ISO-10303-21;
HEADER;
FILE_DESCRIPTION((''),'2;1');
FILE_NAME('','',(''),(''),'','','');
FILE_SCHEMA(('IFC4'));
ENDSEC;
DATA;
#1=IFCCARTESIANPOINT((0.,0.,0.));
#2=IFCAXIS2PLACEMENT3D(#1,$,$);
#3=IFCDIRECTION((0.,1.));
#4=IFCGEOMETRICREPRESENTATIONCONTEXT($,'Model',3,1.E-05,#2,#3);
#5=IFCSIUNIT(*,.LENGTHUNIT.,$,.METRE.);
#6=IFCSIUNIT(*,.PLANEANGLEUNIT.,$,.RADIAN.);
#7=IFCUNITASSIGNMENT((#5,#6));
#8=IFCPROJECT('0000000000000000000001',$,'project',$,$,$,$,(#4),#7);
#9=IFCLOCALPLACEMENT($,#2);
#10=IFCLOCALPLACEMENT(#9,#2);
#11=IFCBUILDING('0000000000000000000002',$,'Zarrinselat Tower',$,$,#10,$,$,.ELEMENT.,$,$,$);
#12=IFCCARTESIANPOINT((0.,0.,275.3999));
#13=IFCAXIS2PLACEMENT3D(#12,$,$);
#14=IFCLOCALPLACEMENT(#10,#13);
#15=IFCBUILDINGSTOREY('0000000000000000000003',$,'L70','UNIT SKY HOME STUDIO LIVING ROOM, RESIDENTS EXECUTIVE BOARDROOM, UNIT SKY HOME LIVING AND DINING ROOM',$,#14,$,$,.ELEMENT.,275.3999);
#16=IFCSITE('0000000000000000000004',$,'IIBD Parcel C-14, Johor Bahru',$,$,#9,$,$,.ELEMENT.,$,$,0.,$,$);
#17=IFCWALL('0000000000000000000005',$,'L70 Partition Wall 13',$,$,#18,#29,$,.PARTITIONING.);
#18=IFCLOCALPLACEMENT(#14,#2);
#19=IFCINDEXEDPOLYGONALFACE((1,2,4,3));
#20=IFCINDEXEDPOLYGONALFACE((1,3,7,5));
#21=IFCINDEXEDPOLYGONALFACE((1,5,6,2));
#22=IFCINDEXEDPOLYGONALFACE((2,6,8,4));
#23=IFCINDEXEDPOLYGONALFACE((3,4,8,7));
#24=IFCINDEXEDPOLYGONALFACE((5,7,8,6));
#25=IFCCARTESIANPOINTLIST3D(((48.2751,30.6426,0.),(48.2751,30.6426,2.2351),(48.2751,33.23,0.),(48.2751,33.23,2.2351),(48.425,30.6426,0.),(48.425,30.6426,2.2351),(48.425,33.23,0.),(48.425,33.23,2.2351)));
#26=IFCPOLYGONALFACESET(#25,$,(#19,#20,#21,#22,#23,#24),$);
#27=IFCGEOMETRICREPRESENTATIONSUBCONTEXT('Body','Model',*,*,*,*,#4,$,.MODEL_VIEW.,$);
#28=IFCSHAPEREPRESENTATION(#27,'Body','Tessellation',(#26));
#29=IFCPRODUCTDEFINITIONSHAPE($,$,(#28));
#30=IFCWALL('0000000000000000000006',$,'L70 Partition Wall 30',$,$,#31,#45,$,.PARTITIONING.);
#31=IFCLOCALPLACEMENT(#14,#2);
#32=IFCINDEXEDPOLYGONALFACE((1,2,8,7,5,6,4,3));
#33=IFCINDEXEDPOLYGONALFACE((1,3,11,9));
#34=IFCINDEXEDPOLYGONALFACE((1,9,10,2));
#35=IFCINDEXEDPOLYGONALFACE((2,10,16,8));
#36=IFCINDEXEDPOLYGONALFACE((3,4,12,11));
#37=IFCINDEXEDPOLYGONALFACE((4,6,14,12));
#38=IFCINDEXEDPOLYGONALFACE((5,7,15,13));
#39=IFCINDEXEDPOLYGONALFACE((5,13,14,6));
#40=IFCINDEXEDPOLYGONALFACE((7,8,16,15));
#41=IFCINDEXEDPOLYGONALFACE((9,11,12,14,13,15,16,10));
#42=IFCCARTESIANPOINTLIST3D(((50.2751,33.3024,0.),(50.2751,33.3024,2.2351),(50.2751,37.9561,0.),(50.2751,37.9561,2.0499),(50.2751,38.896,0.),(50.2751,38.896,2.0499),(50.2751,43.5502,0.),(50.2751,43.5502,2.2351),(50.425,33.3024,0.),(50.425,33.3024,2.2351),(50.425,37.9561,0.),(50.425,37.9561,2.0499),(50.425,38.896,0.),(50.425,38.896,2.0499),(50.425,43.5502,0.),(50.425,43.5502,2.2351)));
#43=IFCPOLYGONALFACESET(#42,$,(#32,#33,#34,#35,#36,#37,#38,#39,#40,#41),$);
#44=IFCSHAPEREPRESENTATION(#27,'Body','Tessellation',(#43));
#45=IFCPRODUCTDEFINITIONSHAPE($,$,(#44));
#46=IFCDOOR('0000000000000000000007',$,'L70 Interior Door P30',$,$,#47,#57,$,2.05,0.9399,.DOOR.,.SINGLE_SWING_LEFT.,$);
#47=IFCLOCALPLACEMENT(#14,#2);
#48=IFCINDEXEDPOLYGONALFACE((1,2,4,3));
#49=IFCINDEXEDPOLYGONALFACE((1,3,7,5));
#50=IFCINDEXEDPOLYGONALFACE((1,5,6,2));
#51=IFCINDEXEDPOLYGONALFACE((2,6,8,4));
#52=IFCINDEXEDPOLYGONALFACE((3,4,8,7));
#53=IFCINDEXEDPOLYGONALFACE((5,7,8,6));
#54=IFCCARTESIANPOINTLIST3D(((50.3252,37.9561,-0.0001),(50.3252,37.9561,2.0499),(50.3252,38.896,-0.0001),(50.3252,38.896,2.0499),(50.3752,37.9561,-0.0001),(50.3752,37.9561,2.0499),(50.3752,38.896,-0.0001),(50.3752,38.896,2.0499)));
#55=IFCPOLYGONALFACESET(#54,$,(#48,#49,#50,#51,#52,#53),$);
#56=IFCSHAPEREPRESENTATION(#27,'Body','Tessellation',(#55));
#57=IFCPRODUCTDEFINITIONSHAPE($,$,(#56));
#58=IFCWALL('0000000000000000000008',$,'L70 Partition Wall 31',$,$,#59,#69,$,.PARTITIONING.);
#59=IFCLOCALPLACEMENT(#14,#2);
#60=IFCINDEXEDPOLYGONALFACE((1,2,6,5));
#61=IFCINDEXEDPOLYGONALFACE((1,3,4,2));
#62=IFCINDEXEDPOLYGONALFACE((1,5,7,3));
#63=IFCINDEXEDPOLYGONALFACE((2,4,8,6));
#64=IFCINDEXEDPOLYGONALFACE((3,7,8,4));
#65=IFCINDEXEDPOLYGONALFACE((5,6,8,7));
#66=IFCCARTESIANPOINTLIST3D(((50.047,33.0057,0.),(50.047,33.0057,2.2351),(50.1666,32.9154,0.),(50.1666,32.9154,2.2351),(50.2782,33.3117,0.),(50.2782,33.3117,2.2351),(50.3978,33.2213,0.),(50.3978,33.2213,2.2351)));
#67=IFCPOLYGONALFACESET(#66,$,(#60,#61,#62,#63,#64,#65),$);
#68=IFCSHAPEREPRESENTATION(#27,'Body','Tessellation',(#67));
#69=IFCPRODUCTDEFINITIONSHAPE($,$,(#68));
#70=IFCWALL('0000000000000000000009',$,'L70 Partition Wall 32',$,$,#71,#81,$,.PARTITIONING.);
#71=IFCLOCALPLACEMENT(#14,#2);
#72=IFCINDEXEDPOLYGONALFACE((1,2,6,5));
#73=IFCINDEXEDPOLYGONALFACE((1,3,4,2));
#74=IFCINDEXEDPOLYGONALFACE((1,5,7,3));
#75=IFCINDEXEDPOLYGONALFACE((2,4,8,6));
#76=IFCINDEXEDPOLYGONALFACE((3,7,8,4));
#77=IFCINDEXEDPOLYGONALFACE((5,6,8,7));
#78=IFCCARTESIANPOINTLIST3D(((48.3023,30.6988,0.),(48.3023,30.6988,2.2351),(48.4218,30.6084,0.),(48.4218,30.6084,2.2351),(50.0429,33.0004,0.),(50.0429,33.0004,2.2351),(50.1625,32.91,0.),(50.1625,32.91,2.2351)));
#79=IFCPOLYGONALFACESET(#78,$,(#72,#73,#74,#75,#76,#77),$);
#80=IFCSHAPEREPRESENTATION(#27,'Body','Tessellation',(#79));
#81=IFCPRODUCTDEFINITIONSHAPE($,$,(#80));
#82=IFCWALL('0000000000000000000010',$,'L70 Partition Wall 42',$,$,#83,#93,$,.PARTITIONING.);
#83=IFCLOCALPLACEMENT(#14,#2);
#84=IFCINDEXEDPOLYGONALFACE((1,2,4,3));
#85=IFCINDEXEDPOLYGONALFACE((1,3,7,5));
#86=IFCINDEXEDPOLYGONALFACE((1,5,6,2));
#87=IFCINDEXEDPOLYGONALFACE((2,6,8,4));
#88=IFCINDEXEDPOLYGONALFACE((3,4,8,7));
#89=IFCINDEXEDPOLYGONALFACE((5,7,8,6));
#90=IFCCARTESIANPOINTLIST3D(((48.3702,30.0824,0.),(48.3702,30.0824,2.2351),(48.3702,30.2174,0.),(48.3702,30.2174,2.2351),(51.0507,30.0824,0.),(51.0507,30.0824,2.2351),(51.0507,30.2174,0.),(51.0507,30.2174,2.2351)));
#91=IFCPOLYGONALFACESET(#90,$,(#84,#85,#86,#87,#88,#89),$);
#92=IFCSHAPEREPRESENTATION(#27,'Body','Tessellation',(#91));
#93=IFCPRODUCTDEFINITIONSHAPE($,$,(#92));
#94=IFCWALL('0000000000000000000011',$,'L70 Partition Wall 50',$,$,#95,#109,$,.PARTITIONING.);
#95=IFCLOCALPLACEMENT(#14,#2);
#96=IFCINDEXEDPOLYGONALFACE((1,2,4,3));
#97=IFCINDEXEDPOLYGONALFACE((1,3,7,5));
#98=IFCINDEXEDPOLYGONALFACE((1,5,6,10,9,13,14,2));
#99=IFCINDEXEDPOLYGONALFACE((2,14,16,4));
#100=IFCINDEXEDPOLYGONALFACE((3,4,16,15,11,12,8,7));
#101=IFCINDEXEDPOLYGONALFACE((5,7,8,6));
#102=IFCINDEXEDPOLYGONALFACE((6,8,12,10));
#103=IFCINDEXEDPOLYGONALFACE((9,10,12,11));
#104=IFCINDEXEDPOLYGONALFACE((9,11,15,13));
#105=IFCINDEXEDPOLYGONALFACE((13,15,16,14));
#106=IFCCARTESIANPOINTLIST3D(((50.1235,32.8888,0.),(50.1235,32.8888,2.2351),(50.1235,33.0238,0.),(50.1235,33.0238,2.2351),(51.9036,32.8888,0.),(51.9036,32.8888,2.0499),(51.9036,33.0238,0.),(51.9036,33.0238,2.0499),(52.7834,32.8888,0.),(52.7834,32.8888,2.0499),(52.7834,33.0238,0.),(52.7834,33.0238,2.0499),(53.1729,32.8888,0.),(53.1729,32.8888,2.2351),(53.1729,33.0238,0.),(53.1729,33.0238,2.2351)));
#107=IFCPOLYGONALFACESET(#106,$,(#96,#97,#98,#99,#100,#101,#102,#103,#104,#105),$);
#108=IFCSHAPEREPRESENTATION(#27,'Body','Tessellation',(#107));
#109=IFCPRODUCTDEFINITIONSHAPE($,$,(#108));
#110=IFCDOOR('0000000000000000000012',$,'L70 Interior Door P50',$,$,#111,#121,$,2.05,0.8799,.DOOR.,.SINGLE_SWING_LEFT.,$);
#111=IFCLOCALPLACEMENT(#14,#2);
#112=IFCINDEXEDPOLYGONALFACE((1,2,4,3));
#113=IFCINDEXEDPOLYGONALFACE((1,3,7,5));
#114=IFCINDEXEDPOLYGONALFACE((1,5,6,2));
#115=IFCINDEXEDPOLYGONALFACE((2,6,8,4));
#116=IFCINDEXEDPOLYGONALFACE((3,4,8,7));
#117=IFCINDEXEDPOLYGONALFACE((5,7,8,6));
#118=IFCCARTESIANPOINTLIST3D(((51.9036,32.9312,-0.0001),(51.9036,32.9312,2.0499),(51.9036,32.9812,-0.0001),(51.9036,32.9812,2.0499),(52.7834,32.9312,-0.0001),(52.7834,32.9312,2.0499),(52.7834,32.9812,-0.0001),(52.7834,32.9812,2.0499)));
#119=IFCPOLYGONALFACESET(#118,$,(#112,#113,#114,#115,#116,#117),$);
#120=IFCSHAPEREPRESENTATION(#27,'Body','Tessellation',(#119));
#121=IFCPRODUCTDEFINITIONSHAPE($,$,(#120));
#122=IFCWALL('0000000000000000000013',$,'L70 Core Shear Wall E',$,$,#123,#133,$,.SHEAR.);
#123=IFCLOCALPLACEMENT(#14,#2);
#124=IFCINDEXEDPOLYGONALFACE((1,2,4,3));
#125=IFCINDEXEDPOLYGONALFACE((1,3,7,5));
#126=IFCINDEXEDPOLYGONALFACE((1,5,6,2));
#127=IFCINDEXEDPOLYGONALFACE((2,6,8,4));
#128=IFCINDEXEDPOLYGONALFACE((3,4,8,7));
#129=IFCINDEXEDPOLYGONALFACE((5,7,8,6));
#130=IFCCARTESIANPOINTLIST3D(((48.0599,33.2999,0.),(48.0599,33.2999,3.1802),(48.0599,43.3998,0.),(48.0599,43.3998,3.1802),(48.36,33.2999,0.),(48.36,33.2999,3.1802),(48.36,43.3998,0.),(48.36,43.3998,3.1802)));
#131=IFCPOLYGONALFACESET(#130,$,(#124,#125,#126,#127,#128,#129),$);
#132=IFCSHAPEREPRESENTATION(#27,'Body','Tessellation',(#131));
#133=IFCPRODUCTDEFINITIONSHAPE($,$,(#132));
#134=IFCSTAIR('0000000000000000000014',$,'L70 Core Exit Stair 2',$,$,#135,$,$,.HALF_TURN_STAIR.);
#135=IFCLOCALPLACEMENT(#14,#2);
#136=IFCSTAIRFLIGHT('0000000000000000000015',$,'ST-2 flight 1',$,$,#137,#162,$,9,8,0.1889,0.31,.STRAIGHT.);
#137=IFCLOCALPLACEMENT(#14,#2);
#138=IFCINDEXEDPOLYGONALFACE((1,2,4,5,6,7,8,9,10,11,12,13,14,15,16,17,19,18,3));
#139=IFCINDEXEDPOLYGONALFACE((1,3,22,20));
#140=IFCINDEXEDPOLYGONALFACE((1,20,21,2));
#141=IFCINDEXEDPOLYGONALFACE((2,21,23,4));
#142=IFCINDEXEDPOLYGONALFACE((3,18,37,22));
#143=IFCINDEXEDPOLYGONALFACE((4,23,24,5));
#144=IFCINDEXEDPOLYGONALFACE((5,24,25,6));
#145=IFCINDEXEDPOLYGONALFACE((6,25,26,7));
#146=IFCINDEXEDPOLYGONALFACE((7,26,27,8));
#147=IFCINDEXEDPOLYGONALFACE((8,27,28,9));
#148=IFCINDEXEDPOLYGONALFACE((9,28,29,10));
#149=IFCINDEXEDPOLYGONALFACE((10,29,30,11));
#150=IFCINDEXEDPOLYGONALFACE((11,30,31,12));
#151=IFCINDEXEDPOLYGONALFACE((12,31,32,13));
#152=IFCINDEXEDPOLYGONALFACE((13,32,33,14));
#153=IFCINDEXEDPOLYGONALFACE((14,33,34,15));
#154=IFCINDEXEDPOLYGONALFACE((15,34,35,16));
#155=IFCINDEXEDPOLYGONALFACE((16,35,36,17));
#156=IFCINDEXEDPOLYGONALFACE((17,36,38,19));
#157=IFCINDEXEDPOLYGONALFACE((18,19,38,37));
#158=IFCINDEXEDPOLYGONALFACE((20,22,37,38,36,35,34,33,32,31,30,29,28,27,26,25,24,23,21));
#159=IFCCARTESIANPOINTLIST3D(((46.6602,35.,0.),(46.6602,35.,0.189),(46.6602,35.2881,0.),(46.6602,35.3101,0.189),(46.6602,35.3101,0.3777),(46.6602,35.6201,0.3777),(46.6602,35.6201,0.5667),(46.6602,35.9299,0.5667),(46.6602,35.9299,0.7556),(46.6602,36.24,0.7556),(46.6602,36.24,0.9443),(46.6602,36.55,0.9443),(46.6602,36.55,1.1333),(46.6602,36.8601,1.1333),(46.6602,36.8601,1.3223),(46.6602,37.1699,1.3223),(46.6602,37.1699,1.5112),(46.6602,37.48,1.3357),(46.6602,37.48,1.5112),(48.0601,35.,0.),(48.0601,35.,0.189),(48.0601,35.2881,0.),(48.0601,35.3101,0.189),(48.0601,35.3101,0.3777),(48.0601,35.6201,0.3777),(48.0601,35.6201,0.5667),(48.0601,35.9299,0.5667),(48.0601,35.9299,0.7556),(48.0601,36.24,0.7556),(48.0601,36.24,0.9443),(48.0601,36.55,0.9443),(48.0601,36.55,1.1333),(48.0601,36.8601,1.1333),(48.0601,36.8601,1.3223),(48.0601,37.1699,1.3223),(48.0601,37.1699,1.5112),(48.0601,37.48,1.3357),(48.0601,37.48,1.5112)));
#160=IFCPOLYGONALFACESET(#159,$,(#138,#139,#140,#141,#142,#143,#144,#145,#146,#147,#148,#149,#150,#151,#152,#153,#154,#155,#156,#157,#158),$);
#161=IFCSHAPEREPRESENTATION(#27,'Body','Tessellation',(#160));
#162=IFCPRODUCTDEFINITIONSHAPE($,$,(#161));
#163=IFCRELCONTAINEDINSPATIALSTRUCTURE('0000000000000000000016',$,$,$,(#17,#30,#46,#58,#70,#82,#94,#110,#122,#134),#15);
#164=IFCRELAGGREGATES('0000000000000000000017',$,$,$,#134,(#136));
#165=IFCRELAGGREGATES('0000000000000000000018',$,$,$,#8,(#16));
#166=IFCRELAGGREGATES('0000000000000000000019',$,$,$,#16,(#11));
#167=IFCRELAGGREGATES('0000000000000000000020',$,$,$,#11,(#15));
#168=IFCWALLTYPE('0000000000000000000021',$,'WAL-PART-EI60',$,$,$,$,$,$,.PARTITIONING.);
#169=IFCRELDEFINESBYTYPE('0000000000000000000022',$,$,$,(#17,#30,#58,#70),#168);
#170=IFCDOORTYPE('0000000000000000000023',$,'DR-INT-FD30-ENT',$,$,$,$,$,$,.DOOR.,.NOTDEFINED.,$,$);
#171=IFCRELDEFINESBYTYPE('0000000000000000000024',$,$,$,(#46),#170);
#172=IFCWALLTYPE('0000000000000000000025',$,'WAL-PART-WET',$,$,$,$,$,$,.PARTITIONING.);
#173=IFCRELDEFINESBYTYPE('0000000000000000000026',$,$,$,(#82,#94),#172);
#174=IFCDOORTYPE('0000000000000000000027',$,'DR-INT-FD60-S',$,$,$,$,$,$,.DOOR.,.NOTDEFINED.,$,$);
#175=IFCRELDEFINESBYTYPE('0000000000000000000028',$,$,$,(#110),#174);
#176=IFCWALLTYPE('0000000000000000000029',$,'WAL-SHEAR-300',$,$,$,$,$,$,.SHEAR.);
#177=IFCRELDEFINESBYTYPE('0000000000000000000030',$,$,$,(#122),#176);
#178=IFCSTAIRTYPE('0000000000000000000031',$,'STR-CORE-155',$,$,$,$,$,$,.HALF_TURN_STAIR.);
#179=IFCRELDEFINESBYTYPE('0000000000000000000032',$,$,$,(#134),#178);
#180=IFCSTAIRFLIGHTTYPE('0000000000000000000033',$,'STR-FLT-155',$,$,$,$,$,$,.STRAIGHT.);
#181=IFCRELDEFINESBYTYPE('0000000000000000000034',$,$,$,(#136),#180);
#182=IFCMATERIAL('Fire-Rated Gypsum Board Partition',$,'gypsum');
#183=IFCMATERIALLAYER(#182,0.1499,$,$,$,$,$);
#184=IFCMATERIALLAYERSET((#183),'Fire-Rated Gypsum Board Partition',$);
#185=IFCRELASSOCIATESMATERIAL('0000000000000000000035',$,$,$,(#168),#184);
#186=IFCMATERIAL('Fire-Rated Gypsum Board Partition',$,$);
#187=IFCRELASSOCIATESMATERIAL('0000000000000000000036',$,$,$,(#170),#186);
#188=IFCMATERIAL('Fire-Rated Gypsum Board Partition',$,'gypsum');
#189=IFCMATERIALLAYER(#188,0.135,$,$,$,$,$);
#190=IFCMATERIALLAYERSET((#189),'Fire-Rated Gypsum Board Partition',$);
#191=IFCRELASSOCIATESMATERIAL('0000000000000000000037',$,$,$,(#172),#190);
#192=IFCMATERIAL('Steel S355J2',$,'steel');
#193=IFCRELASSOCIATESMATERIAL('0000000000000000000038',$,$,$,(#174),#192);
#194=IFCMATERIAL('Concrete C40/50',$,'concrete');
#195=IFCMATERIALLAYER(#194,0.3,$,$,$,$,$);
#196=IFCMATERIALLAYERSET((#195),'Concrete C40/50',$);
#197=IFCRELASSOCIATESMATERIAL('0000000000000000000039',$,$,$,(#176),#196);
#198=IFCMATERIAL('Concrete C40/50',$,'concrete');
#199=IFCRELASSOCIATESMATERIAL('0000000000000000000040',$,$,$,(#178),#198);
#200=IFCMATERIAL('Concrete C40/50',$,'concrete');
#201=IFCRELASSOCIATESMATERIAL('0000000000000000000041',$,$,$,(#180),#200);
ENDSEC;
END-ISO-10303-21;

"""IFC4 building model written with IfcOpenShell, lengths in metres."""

from ifc_helpers import new_model, si_unit, direction, frame, frame_2d, origin, place, context, subcontext, project, spatial, polyline, rectangle, outline, extrude, material, layer, layer_set, type_object, element, fill, aggregate, save


model = new_model("IFC4")

# Units and contexts
model_context = context("Model", 3, precision=1e-05, world=origin(), true_north=direction((0.0, 1.0)))
body_context = subcontext(model_context, "Body", "Model", "MODEL_VIEW")
ifc_project = project(units=[si_unit("LENGTHUNIT", "METRE"), si_unit("PLANEANGLEUNIT", "RADIAN")], contexts=[model_context])

# Site, building, storey
site_placement = place(None, origin())
site = spatial("IfcSite", under=ifc_project, at=site_placement, Name="IIBD Parcel C-14, Johor Bahru", CompositionType="ELEMENT", RefElevation=0.0)
building_placement = place(site_placement, origin())
building = spatial("IfcBuilding", under=site, at=building_placement, Name="Zarrinselat Tower", CompositionType="ELEMENT")
storey_placement = place(building_placement, frame((0.0, 0.0, 275.3999)))
storey = spatial("IfcBuildingStorey", under=building, at=storey_placement, Name="L70", Description="UNIT SKY HOME STUDIO LIVING ROOM, RESIDENTS EXECUTIVE BOARDROOM, UNIT SKY HOME LIVING AND DINING ROOM", CompositionType="ELEMENT", Elevation=275.3999)

# Wall
ifc_material_1 = material(Name="Fire-Rated Gypsum Board Partition", Category="gypsum")
ifc_layer_1 = layer(ifc_material_1, 0.1499)
ifc_layer_set_1 = layer_set([ifc_layer_1], Name="Fire-Rated Gypsum Board Partition")
wall_type_1 = type_object("IfcWallType", Name="WAL-PART-EI60", PredefinedType="PARTITIONING", material=ifc_layer_set_1)
wall_1_placement = place(storey_placement, frame((48.3501, 30.6426, 0.0), z_axis=(0.0, 0.0, 1.0), x_axis=(0.0, 1.0, 0.0)))
element("IfcWall", 1, at=wall_1_placement, inside=storey, type_object=wall_type_1, Name="L70 Partition Wall 13", PredefinedType="PARTITIONING", context=body_context, shape_type="SweptSolid", body=[
    extrude(rectangle(XDim=2.5874, YDim=0.1499, at=frame_2d((1.2937, 0.0))), origin(), (0.0, 0.0, 1.0), 2.2351),
])

# Wall, opening, door
wall_2_placement = place(storey_placement, frame((50.3501, 33.3022, 0.0), z_axis=(0.0, 0.0, 1.0), x_axis=(0.0, 1.0, 0.0)))
wall_2 = element("IfcWall", 2, at=wall_2_placement, inside=storey, type_object=wall_type_1, Name="L70 Partition Wall 30", PredefinedType="PARTITIONING", context=body_context, shape_type="SweptSolid", body=[
    extrude(rectangle(XDim=10.2478, YDim=0.1499, at=frame_2d((5.124, 0.0))), origin(), (0.0, 0.0, 1.0), 2.2351),
])
opening_1_placement = place(wall_2_placement, frame((4.6538, 0.0, 0.0)))
opening_1 = element("IfcOpeningElement", 3, at=opening_1_placement, cuts=wall_2, PredefinedType="OPENING", context=body_context, shape_type="SweptSolid", body=[
    extrude(rectangle(XDim=0.9399, YDim=2.05, at=frame_2d((0.47, 1.0249))), frame((0.0, 0.085, 0.0), z_axis=(0.0, -1.0, 0.0), x_axis=(1.0, 0.0, 0.0)), (0.0, 0.0, 1.0), 0.1699),
])
ifc_material_2 = material(Name="Fire-Rated Gypsum Board Partition")
door_type_1 = type_object("IfcDoorType", Name="DR-INT-FD30-ENT", OperationType="NOTDEFINED", PredefinedType="DOOR", material=ifc_material_2)
door_1_placement = place(opening_1_placement, origin())
door_1 = element("IfcDoor", 4, at=door_1_placement, inside=storey, type_object=door_type_1, Name="L70 Interior Door P30", OperationType="SINGLE_SWING_LEFT", OverallHeight=2.05, OverallWidth=0.9399, PredefinedType="DOOR", context=body_context, shape_type="SweptSolid", body=[
    extrude(rectangle(XDim=0.9399, YDim=2.05, at=frame_2d((0.47, 1.0249))), frame((0.0, 0.0249, 0.0), z_axis=(0.0, -1.0, 0.0), x_axis=(1.0, 0.0, 0.0)), (0.0, 0.0, 1.0), 0.05),
])
fill(opening_1, door_1)

# Walls
wall_3_placement = place(storey_placement, frame((50.1067, 32.9604, 0.0), z_axis=(0.0, 0.0, 1.0), x_axis=(0.60295, 0.797779, 0.0)))
element("IfcWall", 5, at=wall_3_placement, inside=storey, type_object=wall_type_1, Name="L70 Partition Wall 31", PredefinedType="PARTITIONING", context=body_context, shape_type="SweptSolid", body=[
    extrude(rectangle(XDim=0.3835, YDim=0.1499, at=frame_2d((0.1919, 0.0))), origin(), (0.0, 0.0, 1.0), 2.2351),
])
wall_4_placement = place(storey_placement, frame((48.3621, 30.6536, 0.0), z_axis=(0.0, 0.0, 1.0), x_axis=(0.60319, 0.797598, 0.0)))
element("IfcWall", 6, at=wall_4_placement, inside=storey, type_object=wall_type_1, Name="L70 Partition Wall 32", PredefinedType="PARTITIONING", context=body_context, shape_type="SweptSolid", body=[
    extrude(rectangle(XDim=2.8857, YDim=0.1499, at=frame_2d((1.4429, 0.0))), origin(), (0.0, 0.0, 1.0), 2.2351),
])
ifc_material_3 = material(Name="Fire-Rated Gypsum Board Partition", Category="gypsum")
ifc_layer_2 = layer(ifc_material_3, 0.135)
ifc_layer_set_2 = layer_set([ifc_layer_2], Name="Fire-Rated Gypsum Board Partition")
wall_type_2 = type_object("IfcWallType", Name="WAL-PART-WET", PredefinedType="PARTITIONING", material=ifc_layer_set_2)
wall_5_placement = place(storey_placement, frame((48.3701, 30.1499, 0.0), z_axis=(0.0, 0.0, 1.0), x_axis=(1.0, 0.0, 0.0)))
element("IfcWall", 7, at=wall_5_placement, inside=storey, type_object=wall_type_2, Name="L70 Partition Wall 42", PredefinedType="PARTITIONING", context=body_context, shape_type="SweptSolid", body=[
    extrude(rectangle(XDim=2.6804, YDim=0.135, at=frame_2d((1.3403, 0.0))), origin(), (0.0, 0.0, 1.0), 2.2351),
])

# Wall, opening, door
wall_6_placement = place(storey_placement, frame((50.1235, 32.9563, 0.0), z_axis=(0.0, 0.0, 1.0), x_axis=(1.0, 0.0, 0.0)))
wall_6 = element("IfcWall", 8, at=wall_6_placement, inside=storey, type_object=wall_type_2, Name="L70 Partition Wall 50", PredefinedType="PARTITIONING", context=body_context, shape_type="SweptSolid", body=[
    extrude(rectangle(XDim=3.0493, YDim=0.135, at=frame_2d((1.5247, 0.0))), origin(), (0.0, 0.0, 1.0), 2.2351),
])
opening_2_placement = place(wall_6_placement, frame((1.78, 0.0, 0.0)))
opening_2 = element("IfcOpeningElement", 9, at=opening_2_placement, cuts=wall_6, PredefinedType="OPENING", context=body_context, shape_type="SweptSolid", body=[
    extrude(rectangle(XDim=0.8799, YDim=2.05, at=frame_2d((0.4399, 1.0249))), frame((0.0, 0.0774, 0.0), z_axis=(0.0, -1.0, 0.0), x_axis=(1.0, 0.0, 0.0)), (0.0, 0.0, 1.0), 0.155),
])
ifc_material_4 = material(Name="Steel S355J2", Category="steel")
door_type_2 = type_object("IfcDoorType", Name="DR-INT-FD60-S", OperationType="NOTDEFINED", PredefinedType="DOOR", material=ifc_material_4)
door_2_placement = place(opening_2_placement, origin())
door_2 = element("IfcDoor", 10, at=door_2_placement, inside=storey, type_object=door_type_2, Name="L70 Interior Door P50", OperationType="SINGLE_SWING_LEFT", OverallHeight=2.05, OverallWidth=0.8799, PredefinedType="DOOR", context=body_context, shape_type="SweptSolid", body=[
    extrude(rectangle(XDim=0.8799, YDim=2.05, at=frame_2d((0.4399, 1.0249))), frame((0.0, 0.0249, 0.0), z_axis=(0.0, -1.0, 0.0), x_axis=(1.0, 0.0, 0.0)), (0.0, 0.0, 1.0), 0.05),
])
fill(opening_2, door_2)

# Wall
ifc_material_5 = material(Name="Concrete C40/50", Category="concrete")
ifc_layer_3 = layer(ifc_material_5, 0.3)
ifc_layer_set_3 = layer_set([ifc_layer_3], Name="Concrete C40/50")
wall_type_3 = type_object("IfcWallType", Name="WAL-SHEAR-300", PredefinedType="SHEAR", material=ifc_layer_set_3)
wall_7_placement = place(storey_placement, frame((48.21, 33.3, 0.0), z_axis=(0.0, 0.0, 1.0), x_axis=(0.0, 1.0, 0.0)))
element("IfcWall", 11, at=wall_7_placement, inside=storey, type_object=wall_type_3, Name="L70 Core Shear Wall E", PredefinedType="SHEAR", context=body_context, shape_type="SweptSolid", body=[
    extrude(rectangle(XDim=10.0999, YDim=0.3, at=frame_2d((5.0498, 0.0))), origin(), (0.0, 0.0, 1.0), 3.1802),
])

# Stair, stair flight
ifc_material_6 = material(Name="Concrete C40/50", Category="concrete")
stair_type = type_object("IfcStairType", Name="STR-CORE-155", PredefinedType="HALF_TURN_STAIR", material=ifc_material_6)
stair_placement = place(storey_placement, origin())
stair = element("IfcStair", 12, at=stair_placement, inside=storey, type_object=stair_type, Name="L70 Core Exit Stair 2", PredefinedType="HALF_TURN_STAIR")
ifc_material_7 = material(Name="Concrete C40/50", Category="concrete")
stair_flight_type = type_object("IfcStairFlightType", Name="STR-FLT-155", PredefinedType="STRAIGHT", material=ifc_material_7)
stair_flight_placement = place(storey_placement, frame((47.3601, 35.0, 0.0), z_axis=(0.0, 0.0, 1.0), x_axis=(0.0, 1.0, 0.0)))
stair_flight = element("IfcStairFlight", 13, at=stair_flight_placement, type_object=stair_flight_type, Name="ST-2 flight 1", NumberOfRisers=9, NumberOfTreads=8, PredefinedType="STRAIGHT", RiserHeight=0.1889, TreadLength=0.31, context=body_context, shape_type="SweptSolid", body=[
    extrude(outline(polyline([(0.0, 0.0), (0.0, 0.189), (0.3101, 0.189), (0.3101, 0.3777), (0.6201, 0.3777), (0.6201, 0.5667), (0.9299, 0.5667), (0.9299, 0.7556), (1.24, 0.7556), (1.24, 0.9443), (1.55, 0.9443), (1.55, 1.1333), (1.8601, 1.1333), (1.8601, 1.3223), (2.1699, 1.3223), (2.1699, 1.5112), (2.48, 1.5112), (2.48, 1.7), (2.48, 1.3357), (0.2881, 0.0), (0.0, 0.0)])), frame((0.0, 0.7, 0.0), z_axis=(0.0, -1.0, 0.0), x_axis=(1.0, 0.0, 0.0)), (0.0, 0.0, 1.0), 1.3999),
])
aggregate(stair, [stair_flight])

save(model, "model.ifc")
